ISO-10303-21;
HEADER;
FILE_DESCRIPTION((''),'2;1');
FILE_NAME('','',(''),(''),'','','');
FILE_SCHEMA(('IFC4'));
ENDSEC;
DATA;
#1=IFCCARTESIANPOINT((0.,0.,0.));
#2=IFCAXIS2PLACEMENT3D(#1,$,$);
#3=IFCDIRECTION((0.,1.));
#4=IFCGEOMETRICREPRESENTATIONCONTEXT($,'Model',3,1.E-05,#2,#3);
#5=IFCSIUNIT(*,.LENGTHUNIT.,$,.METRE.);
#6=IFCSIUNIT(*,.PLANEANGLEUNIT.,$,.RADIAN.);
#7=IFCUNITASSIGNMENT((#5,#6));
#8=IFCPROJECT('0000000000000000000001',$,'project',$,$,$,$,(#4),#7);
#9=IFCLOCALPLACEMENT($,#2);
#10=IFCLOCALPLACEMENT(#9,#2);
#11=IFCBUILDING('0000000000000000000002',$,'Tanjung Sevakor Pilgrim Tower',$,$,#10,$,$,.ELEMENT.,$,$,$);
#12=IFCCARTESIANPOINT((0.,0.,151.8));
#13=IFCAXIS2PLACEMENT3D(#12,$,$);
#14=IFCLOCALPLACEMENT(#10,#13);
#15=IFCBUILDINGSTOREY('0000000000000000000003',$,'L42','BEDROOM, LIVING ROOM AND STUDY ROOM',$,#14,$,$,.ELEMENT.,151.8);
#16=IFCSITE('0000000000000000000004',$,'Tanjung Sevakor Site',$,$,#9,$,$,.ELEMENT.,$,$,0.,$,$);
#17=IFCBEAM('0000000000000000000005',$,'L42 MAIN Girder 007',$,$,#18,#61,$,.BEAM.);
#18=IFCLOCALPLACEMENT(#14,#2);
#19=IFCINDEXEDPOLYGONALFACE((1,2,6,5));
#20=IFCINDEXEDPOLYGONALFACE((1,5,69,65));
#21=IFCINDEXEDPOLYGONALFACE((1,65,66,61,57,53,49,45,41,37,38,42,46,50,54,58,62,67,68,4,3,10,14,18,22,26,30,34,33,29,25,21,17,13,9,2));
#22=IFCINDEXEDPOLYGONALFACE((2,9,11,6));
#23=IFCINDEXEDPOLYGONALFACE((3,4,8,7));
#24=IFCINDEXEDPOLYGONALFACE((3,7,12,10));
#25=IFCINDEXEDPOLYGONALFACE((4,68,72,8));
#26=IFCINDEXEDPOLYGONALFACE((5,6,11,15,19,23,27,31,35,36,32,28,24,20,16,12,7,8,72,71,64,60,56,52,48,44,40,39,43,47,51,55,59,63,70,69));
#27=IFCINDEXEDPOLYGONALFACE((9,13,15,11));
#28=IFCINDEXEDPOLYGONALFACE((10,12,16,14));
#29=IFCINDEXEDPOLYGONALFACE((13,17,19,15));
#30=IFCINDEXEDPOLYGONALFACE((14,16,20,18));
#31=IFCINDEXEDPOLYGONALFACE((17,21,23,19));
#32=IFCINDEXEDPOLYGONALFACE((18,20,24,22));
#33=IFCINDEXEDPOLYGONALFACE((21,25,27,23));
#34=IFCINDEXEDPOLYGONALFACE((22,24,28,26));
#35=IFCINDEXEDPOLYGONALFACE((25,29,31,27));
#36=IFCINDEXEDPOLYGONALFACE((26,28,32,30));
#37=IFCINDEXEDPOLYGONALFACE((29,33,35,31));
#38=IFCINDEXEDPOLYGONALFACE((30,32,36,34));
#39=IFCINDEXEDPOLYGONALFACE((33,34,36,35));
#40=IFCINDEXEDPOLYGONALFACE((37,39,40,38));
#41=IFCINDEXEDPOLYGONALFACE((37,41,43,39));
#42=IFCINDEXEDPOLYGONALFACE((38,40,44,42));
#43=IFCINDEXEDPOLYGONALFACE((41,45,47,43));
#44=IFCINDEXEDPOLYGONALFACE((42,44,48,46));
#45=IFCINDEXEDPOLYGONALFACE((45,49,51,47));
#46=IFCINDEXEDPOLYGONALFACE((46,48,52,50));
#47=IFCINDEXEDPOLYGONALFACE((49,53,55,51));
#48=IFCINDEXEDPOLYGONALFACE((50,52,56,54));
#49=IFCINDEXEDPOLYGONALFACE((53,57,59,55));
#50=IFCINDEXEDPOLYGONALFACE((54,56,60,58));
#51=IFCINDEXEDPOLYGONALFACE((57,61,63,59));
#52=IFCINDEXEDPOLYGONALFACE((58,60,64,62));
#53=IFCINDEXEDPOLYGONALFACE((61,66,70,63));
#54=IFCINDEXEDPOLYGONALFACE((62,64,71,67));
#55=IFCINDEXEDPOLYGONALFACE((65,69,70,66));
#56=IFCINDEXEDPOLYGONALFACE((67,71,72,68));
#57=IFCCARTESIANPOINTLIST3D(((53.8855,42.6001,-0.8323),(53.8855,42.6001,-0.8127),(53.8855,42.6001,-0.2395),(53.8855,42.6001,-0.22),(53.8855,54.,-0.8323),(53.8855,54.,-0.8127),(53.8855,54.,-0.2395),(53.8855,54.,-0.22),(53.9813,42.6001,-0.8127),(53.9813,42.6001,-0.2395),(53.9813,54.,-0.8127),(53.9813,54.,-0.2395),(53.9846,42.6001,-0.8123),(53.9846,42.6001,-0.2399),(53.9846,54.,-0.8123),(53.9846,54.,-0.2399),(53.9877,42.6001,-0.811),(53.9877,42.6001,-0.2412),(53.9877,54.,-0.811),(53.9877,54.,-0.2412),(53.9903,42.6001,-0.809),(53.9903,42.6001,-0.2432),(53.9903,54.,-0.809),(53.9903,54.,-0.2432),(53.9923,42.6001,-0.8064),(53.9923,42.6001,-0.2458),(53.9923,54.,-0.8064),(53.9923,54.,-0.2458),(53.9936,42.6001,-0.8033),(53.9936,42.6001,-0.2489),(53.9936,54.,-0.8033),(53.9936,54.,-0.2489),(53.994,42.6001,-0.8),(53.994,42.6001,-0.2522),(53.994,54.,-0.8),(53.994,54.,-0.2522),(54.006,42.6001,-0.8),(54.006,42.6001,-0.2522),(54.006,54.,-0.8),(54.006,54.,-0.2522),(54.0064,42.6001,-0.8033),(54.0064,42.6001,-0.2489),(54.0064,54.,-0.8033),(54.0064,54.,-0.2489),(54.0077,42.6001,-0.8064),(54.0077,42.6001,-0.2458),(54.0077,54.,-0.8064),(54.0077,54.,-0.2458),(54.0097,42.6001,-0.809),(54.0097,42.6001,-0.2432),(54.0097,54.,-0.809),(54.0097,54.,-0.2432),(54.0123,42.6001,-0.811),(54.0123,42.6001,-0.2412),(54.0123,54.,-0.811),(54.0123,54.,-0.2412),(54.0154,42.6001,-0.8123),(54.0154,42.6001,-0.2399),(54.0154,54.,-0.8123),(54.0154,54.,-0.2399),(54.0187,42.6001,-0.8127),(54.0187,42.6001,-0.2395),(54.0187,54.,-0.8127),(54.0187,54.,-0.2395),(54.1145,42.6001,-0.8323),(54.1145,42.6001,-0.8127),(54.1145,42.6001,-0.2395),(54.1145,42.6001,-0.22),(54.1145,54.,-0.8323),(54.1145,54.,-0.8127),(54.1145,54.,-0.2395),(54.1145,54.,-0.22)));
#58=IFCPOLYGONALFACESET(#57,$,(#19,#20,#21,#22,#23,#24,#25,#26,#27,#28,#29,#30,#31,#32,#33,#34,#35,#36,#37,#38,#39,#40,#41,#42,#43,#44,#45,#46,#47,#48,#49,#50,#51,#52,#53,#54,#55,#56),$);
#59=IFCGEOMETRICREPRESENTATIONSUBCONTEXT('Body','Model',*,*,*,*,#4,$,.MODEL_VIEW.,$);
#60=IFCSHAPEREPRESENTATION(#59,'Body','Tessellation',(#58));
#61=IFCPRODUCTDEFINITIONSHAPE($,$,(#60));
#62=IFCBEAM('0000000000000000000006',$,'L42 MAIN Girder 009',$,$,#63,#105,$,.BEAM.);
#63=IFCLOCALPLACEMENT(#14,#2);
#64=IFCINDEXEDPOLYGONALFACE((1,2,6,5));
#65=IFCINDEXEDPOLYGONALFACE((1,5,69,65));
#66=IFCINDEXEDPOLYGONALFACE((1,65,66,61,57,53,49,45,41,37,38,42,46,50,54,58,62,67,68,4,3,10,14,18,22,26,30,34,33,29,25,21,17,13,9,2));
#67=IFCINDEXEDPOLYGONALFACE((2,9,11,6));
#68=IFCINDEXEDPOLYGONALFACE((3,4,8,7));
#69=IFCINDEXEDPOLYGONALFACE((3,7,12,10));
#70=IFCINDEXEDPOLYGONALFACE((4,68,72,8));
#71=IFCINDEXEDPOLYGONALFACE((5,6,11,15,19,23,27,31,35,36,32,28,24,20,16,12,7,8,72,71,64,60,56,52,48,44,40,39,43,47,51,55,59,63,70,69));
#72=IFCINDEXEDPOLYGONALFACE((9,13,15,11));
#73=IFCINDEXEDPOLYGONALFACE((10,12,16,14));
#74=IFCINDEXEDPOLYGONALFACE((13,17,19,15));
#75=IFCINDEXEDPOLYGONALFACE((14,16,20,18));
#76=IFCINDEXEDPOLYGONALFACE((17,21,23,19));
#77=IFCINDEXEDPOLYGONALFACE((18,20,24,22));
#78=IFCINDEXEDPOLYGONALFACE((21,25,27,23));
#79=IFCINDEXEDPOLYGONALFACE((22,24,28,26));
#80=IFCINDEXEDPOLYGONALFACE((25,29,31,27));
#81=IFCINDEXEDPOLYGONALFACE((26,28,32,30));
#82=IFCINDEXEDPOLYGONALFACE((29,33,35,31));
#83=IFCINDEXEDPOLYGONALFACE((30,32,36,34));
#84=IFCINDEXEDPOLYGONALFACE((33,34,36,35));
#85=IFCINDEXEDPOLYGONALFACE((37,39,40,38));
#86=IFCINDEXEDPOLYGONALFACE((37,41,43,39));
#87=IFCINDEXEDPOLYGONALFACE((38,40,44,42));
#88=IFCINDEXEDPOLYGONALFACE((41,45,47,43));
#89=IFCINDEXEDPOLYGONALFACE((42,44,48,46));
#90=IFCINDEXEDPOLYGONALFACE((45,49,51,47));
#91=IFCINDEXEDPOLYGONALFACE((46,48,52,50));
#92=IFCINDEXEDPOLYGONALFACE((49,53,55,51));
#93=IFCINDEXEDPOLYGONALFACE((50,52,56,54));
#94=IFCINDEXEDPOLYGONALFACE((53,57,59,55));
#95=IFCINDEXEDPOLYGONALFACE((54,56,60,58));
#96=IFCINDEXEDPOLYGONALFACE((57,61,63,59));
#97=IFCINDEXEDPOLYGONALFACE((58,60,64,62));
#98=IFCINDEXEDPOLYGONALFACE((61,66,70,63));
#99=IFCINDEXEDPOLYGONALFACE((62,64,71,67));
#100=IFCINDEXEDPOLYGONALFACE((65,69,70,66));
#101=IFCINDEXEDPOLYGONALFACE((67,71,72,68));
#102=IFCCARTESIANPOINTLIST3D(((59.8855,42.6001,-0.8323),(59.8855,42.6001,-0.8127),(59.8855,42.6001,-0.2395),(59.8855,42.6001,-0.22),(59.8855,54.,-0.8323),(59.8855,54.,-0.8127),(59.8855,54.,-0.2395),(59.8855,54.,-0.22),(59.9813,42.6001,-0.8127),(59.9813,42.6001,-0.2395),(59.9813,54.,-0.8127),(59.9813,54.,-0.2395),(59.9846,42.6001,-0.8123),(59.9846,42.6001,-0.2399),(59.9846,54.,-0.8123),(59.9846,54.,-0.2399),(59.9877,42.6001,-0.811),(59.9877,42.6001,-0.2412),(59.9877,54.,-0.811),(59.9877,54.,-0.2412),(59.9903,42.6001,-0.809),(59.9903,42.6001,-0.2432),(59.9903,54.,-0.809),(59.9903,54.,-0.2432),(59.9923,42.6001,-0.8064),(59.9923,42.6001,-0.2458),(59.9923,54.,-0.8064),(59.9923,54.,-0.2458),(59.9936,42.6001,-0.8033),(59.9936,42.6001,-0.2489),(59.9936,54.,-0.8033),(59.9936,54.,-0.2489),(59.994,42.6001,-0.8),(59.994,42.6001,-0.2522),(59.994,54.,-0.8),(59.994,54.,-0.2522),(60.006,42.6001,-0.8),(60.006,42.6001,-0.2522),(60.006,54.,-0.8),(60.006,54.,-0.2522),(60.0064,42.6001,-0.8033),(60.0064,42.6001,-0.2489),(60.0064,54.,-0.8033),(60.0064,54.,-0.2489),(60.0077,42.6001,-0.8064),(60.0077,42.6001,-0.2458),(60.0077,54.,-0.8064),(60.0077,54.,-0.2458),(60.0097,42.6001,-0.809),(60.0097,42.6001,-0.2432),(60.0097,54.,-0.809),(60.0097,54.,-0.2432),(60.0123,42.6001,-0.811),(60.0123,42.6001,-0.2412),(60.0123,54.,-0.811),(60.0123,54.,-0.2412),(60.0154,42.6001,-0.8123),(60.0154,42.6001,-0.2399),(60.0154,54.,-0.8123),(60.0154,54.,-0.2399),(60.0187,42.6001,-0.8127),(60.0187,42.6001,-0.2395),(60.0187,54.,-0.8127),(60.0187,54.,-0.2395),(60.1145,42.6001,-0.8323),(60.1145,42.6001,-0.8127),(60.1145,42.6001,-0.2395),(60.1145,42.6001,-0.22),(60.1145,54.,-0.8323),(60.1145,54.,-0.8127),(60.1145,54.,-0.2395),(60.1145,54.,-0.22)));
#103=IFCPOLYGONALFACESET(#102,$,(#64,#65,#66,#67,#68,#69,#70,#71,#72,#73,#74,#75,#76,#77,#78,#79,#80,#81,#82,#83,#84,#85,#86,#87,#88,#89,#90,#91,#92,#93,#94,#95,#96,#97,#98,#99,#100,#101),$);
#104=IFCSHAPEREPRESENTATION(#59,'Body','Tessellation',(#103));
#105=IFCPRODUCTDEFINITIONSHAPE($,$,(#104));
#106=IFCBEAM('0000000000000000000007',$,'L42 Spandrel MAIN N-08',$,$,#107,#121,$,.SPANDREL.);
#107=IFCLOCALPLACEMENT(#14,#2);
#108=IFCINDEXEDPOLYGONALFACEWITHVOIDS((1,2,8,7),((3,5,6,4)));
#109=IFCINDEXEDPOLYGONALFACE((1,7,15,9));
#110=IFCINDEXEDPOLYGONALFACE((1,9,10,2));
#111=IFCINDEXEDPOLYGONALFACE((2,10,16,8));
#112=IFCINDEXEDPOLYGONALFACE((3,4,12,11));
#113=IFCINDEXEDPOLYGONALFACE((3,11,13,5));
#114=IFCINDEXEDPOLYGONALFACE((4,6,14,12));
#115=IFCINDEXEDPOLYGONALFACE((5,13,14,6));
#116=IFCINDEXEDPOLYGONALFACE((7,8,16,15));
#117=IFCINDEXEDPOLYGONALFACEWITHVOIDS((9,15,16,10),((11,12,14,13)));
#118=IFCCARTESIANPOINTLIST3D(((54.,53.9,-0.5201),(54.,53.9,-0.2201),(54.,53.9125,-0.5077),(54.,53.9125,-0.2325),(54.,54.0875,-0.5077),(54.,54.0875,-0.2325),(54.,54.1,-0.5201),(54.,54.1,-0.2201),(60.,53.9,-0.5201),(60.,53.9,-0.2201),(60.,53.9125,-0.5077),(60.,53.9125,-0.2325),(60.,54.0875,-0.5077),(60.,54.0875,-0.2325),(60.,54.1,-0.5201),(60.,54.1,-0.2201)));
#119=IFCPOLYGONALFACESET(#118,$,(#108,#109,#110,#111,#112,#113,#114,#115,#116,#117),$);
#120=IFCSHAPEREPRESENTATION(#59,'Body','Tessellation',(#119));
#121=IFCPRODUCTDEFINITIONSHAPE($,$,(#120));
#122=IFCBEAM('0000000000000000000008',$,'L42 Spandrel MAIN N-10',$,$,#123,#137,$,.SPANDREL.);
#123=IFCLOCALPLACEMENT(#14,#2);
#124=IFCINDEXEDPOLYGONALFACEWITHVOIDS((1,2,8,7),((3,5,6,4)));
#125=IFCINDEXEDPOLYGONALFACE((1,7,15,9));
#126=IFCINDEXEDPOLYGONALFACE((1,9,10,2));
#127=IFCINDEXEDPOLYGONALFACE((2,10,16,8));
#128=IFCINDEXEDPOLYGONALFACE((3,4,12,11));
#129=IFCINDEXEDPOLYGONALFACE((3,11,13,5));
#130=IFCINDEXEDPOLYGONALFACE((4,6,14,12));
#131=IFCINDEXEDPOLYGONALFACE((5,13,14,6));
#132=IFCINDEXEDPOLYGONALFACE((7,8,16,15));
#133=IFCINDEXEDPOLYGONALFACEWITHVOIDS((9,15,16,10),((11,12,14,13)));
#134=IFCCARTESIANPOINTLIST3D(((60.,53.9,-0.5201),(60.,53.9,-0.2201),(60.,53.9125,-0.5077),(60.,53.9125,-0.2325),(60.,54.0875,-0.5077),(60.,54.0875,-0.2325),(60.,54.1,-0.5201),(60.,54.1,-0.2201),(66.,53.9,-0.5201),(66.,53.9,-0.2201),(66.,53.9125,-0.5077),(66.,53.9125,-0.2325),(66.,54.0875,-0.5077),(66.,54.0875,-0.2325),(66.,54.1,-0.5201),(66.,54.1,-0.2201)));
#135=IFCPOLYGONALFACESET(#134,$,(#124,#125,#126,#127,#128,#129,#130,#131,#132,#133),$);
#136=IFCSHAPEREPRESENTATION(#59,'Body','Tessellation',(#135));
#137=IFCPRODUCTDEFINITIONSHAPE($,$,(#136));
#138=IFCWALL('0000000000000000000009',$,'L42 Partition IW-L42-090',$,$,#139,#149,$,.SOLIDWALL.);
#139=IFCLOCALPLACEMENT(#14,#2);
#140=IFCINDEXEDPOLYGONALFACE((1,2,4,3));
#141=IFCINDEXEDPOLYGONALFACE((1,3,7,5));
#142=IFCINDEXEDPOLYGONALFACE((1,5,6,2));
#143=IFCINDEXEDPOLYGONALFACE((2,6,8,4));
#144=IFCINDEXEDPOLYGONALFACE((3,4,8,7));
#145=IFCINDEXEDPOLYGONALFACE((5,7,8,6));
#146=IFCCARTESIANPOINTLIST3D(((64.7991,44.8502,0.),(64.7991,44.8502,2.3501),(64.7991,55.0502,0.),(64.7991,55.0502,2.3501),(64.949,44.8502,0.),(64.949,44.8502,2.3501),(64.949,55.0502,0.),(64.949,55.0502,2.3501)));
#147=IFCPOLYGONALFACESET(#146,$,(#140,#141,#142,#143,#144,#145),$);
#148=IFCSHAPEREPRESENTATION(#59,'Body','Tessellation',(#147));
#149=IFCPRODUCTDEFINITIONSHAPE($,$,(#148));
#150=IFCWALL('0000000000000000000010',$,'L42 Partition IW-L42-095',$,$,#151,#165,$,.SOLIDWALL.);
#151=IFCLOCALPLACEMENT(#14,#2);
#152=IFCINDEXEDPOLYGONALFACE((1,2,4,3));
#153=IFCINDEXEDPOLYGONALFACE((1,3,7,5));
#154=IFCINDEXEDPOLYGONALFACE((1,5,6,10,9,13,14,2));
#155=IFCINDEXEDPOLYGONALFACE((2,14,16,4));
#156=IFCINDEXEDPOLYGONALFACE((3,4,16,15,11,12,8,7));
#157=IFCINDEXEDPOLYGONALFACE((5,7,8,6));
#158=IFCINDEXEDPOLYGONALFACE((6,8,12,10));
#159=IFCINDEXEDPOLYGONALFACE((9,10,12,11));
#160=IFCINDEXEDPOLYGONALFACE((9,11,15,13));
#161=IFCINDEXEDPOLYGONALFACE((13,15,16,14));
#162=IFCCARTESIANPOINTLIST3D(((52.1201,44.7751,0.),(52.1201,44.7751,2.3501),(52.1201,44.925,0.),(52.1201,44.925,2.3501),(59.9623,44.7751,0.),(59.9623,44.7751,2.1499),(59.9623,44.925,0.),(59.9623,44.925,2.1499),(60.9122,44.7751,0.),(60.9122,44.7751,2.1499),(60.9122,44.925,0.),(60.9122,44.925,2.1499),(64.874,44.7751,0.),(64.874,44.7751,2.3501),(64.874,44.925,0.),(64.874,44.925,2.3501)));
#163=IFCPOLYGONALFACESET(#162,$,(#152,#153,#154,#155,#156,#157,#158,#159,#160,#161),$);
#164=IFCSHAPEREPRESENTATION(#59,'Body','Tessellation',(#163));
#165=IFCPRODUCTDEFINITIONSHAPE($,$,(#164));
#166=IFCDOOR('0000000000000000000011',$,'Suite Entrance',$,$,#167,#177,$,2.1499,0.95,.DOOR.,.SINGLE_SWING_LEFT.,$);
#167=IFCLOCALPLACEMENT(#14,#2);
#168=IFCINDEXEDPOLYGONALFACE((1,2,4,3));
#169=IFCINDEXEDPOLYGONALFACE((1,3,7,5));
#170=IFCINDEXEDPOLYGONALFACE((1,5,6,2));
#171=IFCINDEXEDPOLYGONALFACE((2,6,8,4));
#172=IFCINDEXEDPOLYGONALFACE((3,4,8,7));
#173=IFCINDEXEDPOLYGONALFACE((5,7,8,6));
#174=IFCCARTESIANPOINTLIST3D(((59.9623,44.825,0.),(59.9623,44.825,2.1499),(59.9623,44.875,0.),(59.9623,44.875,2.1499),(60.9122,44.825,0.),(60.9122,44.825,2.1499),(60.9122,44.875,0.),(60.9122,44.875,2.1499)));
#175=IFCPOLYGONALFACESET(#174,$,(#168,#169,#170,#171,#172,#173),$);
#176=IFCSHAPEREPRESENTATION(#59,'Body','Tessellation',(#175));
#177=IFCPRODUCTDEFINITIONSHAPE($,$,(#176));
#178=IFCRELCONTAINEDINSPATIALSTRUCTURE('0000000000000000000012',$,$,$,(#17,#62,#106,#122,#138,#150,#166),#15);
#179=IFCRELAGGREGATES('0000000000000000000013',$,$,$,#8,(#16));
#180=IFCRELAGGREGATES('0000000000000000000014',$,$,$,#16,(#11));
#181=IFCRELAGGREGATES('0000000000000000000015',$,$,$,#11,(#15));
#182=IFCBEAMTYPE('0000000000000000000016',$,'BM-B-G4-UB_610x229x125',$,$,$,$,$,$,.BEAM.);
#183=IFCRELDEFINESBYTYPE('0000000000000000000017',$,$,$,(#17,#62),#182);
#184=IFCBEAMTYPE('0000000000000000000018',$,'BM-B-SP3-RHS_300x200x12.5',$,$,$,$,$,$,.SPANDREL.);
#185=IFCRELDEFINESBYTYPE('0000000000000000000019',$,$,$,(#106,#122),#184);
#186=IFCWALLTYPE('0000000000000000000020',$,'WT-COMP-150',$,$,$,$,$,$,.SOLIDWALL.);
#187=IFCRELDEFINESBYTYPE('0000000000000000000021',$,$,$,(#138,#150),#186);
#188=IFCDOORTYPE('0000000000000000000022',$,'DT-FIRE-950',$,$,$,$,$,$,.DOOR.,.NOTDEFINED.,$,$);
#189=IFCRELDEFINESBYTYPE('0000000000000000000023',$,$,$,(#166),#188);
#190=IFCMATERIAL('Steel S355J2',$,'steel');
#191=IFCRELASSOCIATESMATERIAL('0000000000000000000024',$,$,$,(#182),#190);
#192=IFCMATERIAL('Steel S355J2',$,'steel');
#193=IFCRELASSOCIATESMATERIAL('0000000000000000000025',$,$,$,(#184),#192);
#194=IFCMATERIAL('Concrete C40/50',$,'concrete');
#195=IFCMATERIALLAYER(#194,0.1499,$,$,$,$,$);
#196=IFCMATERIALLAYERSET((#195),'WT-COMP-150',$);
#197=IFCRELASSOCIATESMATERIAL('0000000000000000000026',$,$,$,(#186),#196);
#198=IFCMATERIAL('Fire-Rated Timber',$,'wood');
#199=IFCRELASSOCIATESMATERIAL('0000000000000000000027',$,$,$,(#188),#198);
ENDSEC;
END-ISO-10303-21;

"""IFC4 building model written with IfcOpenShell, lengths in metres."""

from ifc_helpers import new_model, si_unit, direction, frame, frame_2d, origin, origin_2d, place, context, subcontext, project, spatial, rectangle, hollow_rectangle, i_section, extrude, material, layer, layer_set, material_profile, profile_set, type_object, element, fill, save


model = new_model("IFC4")

# Units and contexts
model_context = context("Model", 3, precision=1e-05, world=origin(), true_north=direction((0.0, 1.0)))
body_context = subcontext(model_context, "Body", "Model", "MODEL_VIEW")
ifc_project = project(units=[si_unit("LENGTHUNIT", "METRE"), si_unit("PLANEANGLEUNIT", "RADIAN")], contexts=[model_context])

# Site, building, storey
site_placement = place(None, origin())
site = spatial("IfcSite", under=ifc_project, at=site_placement, Name="Tanjung Sevakor Site", CompositionType="ELEMENT", RefElevation=0.0)
building_placement = place(site_placement, origin())
building = spatial("IfcBuilding", under=site, at=building_placement, Name="Tanjung Sevakor Pilgrim Tower", CompositionType="ELEMENT")
storey_placement = place(building_placement, frame((0.0, 0.0, 151.8)))
storey = spatial("IfcBuildingStorey", under=building, at=storey_placement, Name="L42", Description="BEDROOM, LIVING ROOM AND STUDY ROOM", CompositionType="ELEMENT", Elevation=151.8)

# Beams
ifc_material_1 = material(Name="Steel S355J2", Category="steel")
ifc_material_profile_1 = material_profile(ifc_material_1, i_section(OverallWidth=0.229, OverallDepth=0.6123, WebThickness=0.012, FlangeThickness=0.0195, FilletRadius=0.0127, at=origin_2d()))
ifc_profile_set_1 = profile_set([ifc_material_profile_1], Name="Steel S355J2")
beam_type_1 = type_object("IfcBeamType", Name="BM-B-G4-UB_610x229x125", PredefinedType="BEAM", material=ifc_profile_set_1)
for number, where, z_axis, x_axis, name in (
    (1, (54.0, 42.6001, -0.5261), (0.0, 1.0, 0.0), (-1.0, 0.0, 0.0), "L42 MAIN Girder 007"),
    (2, (60.0, 42.6001, -0.5261), (0.0, 1.0, 0.0), (-1.0, 0.0, 0.0), "L42 MAIN Girder 009"),
):
    element("IfcBeam", number, at=place(storey_placement, frame(where, z_axis=z_axis, x_axis=x_axis)), inside=storey, type_object=beam_type_1, Name=name, PredefinedType="BEAM", context=body_context, shape_type="SweptSolid", body=[
        extrude(i_section(OverallWidth=0.229, OverallDepth=0.6123, WebThickness=0.012, FlangeThickness=0.0195, FilletRadius=0.0127, at=origin_2d()), origin(), (0.0, 0.0, 1.0), 11.3999),
    ])
ifc_material_2 = material(Name="Steel S355J2", Category="steel")
ifc_material_profile_2 = material_profile(ifc_material_2, hollow_rectangle(XDim=0.2, YDim=0.3, WallThickness=0.0125, at=origin_2d()))
ifc_profile_set_2 = profile_set([ifc_material_profile_2], Name="Steel S355J2")
beam_type_2 = type_object("IfcBeamType", Name="BM-B-SP3-RHS_300x200x12.5", PredefinedType="SPANDREL", material=ifc_profile_set_2)
for number, where, z_axis, x_axis, name in (
    (3, (54.0, 54.0, -0.3701), (1.0, 0.0, 0.0), (0.0, 1.0, 0.0), "L42 Spandrel MAIN N-08"),
    (4, (60.0, 54.0, -0.3701), (1.0, 0.0, 0.0), (0.0, 1.0, 0.0), "L42 Spandrel MAIN N-10"),
):
    element("IfcBeam", number, at=place(storey_placement, frame(where, z_axis=z_axis, x_axis=x_axis)), inside=storey, type_object=beam_type_2, Name=name, PredefinedType="SPANDREL", context=body_context, shape_type="SweptSolid", body=[
        extrude(hollow_rectangle(XDim=0.2, YDim=0.3, WallThickness=0.0125, at=origin_2d()), origin(), (0.0, 0.0, 1.0), 6.0),
    ])

# Wall
ifc_material_3 = material(Name="Concrete C40/50", Category="concrete")
ifc_layer_1 = layer(ifc_material_3, 0.1499)
ifc_layer_set_1 = layer_set([ifc_layer_1], Name="WT-COMP-150")
wall_type_1 = type_object("IfcWallType", Name="WT-COMP-150", PredefinedType="SOLIDWALL", material=ifc_layer_set_1)
wall_1_placement = place(storey_placement, frame((64.874, 44.8501, 0.0), z_axis=(0.0, 0.0, 1.0), x_axis=(0.0, 1.0, 0.0)))
element("IfcWall", 5, at=wall_1_placement, inside=storey, type_object=wall_type_1, Name="L42 Partition IW-L42-090", PredefinedType="SOLIDWALL", context=body_context, shape_type="SweptSolid", body=[
    extrude(rectangle(XDim=10.2, YDim=0.1499, at=frame_2d((5.1001, 0.0))), origin(), (0.0, 0.0, 1.0), 2.3501),
])

# Wall, opening, door
wall_2_placement = place(storey_placement, frame((52.1201, 44.8501, 0.0), z_axis=(0.0, 0.0, 1.0), x_axis=(1.0, 0.0, 0.0)))
wall_2 = element("IfcWall", 6, at=wall_2_placement, inside=storey, type_object=wall_type_1, Name="L42 Partition IW-L42-095", PredefinedType="SOLIDWALL", context=body_context, shape_type="SweptSolid", body=[
    extrude(rectangle(XDim=12.7539, YDim=0.1499, at=frame_2d((6.377, 0.0))), origin(), (0.0, 0.0, 1.0), 2.3501),
])
opening_1_placement = place(wall_2_placement, frame((7.842, 0.0, 0.0)))
opening_1 = element("IfcOpeningElement", 7, at=opening_1_placement, cuts=wall_2, PredefinedType="OPENING", context=body_context, shape_type="SweptSolid", body=[
    extrude(rectangle(XDim=0.95, YDim=2.1499, at=frame_2d((0.4751, 1.075))), frame((0.0, 0.085, 0.0), z_axis=(0.0, -1.0, 0.0), x_axis=(1.0, 0.0, 0.0)), (0.0, 0.0, 1.0), 0.1699),
])
ifc_material_4 = material(Name="Fire-Rated Timber", Category="wood")
door_type_1 = type_object("IfcDoorType", Name="DT-FIRE-950", OperationType="NOTDEFINED", PredefinedType="DOOR", material=ifc_material_4)
door_1_placement = place(opening_1_placement, origin())
door_1 = element("IfcDoor", 8, at=door_1_placement, inside=storey, type_object=door_type_1, Name="Suite Entrance", OperationType="SINGLE_SWING_LEFT", OverallHeight=2.1499, OverallWidth=0.95, PredefinedType="DOOR", context=body_context, shape_type="SweptSolid", body=[
    extrude(rectangle(XDim=0.95, YDim=2.1499, at=frame_2d((0.4751, 1.075))), frame((0.0, 0.0249, 0.0), z_axis=(0.0, -1.0, 0.0), x_axis=(1.0, 0.0, 0.0)), (0.0, 0.0, 1.0), 0.05),
])
fill(opening_1, door_1)

save(model, "model.ifc")
